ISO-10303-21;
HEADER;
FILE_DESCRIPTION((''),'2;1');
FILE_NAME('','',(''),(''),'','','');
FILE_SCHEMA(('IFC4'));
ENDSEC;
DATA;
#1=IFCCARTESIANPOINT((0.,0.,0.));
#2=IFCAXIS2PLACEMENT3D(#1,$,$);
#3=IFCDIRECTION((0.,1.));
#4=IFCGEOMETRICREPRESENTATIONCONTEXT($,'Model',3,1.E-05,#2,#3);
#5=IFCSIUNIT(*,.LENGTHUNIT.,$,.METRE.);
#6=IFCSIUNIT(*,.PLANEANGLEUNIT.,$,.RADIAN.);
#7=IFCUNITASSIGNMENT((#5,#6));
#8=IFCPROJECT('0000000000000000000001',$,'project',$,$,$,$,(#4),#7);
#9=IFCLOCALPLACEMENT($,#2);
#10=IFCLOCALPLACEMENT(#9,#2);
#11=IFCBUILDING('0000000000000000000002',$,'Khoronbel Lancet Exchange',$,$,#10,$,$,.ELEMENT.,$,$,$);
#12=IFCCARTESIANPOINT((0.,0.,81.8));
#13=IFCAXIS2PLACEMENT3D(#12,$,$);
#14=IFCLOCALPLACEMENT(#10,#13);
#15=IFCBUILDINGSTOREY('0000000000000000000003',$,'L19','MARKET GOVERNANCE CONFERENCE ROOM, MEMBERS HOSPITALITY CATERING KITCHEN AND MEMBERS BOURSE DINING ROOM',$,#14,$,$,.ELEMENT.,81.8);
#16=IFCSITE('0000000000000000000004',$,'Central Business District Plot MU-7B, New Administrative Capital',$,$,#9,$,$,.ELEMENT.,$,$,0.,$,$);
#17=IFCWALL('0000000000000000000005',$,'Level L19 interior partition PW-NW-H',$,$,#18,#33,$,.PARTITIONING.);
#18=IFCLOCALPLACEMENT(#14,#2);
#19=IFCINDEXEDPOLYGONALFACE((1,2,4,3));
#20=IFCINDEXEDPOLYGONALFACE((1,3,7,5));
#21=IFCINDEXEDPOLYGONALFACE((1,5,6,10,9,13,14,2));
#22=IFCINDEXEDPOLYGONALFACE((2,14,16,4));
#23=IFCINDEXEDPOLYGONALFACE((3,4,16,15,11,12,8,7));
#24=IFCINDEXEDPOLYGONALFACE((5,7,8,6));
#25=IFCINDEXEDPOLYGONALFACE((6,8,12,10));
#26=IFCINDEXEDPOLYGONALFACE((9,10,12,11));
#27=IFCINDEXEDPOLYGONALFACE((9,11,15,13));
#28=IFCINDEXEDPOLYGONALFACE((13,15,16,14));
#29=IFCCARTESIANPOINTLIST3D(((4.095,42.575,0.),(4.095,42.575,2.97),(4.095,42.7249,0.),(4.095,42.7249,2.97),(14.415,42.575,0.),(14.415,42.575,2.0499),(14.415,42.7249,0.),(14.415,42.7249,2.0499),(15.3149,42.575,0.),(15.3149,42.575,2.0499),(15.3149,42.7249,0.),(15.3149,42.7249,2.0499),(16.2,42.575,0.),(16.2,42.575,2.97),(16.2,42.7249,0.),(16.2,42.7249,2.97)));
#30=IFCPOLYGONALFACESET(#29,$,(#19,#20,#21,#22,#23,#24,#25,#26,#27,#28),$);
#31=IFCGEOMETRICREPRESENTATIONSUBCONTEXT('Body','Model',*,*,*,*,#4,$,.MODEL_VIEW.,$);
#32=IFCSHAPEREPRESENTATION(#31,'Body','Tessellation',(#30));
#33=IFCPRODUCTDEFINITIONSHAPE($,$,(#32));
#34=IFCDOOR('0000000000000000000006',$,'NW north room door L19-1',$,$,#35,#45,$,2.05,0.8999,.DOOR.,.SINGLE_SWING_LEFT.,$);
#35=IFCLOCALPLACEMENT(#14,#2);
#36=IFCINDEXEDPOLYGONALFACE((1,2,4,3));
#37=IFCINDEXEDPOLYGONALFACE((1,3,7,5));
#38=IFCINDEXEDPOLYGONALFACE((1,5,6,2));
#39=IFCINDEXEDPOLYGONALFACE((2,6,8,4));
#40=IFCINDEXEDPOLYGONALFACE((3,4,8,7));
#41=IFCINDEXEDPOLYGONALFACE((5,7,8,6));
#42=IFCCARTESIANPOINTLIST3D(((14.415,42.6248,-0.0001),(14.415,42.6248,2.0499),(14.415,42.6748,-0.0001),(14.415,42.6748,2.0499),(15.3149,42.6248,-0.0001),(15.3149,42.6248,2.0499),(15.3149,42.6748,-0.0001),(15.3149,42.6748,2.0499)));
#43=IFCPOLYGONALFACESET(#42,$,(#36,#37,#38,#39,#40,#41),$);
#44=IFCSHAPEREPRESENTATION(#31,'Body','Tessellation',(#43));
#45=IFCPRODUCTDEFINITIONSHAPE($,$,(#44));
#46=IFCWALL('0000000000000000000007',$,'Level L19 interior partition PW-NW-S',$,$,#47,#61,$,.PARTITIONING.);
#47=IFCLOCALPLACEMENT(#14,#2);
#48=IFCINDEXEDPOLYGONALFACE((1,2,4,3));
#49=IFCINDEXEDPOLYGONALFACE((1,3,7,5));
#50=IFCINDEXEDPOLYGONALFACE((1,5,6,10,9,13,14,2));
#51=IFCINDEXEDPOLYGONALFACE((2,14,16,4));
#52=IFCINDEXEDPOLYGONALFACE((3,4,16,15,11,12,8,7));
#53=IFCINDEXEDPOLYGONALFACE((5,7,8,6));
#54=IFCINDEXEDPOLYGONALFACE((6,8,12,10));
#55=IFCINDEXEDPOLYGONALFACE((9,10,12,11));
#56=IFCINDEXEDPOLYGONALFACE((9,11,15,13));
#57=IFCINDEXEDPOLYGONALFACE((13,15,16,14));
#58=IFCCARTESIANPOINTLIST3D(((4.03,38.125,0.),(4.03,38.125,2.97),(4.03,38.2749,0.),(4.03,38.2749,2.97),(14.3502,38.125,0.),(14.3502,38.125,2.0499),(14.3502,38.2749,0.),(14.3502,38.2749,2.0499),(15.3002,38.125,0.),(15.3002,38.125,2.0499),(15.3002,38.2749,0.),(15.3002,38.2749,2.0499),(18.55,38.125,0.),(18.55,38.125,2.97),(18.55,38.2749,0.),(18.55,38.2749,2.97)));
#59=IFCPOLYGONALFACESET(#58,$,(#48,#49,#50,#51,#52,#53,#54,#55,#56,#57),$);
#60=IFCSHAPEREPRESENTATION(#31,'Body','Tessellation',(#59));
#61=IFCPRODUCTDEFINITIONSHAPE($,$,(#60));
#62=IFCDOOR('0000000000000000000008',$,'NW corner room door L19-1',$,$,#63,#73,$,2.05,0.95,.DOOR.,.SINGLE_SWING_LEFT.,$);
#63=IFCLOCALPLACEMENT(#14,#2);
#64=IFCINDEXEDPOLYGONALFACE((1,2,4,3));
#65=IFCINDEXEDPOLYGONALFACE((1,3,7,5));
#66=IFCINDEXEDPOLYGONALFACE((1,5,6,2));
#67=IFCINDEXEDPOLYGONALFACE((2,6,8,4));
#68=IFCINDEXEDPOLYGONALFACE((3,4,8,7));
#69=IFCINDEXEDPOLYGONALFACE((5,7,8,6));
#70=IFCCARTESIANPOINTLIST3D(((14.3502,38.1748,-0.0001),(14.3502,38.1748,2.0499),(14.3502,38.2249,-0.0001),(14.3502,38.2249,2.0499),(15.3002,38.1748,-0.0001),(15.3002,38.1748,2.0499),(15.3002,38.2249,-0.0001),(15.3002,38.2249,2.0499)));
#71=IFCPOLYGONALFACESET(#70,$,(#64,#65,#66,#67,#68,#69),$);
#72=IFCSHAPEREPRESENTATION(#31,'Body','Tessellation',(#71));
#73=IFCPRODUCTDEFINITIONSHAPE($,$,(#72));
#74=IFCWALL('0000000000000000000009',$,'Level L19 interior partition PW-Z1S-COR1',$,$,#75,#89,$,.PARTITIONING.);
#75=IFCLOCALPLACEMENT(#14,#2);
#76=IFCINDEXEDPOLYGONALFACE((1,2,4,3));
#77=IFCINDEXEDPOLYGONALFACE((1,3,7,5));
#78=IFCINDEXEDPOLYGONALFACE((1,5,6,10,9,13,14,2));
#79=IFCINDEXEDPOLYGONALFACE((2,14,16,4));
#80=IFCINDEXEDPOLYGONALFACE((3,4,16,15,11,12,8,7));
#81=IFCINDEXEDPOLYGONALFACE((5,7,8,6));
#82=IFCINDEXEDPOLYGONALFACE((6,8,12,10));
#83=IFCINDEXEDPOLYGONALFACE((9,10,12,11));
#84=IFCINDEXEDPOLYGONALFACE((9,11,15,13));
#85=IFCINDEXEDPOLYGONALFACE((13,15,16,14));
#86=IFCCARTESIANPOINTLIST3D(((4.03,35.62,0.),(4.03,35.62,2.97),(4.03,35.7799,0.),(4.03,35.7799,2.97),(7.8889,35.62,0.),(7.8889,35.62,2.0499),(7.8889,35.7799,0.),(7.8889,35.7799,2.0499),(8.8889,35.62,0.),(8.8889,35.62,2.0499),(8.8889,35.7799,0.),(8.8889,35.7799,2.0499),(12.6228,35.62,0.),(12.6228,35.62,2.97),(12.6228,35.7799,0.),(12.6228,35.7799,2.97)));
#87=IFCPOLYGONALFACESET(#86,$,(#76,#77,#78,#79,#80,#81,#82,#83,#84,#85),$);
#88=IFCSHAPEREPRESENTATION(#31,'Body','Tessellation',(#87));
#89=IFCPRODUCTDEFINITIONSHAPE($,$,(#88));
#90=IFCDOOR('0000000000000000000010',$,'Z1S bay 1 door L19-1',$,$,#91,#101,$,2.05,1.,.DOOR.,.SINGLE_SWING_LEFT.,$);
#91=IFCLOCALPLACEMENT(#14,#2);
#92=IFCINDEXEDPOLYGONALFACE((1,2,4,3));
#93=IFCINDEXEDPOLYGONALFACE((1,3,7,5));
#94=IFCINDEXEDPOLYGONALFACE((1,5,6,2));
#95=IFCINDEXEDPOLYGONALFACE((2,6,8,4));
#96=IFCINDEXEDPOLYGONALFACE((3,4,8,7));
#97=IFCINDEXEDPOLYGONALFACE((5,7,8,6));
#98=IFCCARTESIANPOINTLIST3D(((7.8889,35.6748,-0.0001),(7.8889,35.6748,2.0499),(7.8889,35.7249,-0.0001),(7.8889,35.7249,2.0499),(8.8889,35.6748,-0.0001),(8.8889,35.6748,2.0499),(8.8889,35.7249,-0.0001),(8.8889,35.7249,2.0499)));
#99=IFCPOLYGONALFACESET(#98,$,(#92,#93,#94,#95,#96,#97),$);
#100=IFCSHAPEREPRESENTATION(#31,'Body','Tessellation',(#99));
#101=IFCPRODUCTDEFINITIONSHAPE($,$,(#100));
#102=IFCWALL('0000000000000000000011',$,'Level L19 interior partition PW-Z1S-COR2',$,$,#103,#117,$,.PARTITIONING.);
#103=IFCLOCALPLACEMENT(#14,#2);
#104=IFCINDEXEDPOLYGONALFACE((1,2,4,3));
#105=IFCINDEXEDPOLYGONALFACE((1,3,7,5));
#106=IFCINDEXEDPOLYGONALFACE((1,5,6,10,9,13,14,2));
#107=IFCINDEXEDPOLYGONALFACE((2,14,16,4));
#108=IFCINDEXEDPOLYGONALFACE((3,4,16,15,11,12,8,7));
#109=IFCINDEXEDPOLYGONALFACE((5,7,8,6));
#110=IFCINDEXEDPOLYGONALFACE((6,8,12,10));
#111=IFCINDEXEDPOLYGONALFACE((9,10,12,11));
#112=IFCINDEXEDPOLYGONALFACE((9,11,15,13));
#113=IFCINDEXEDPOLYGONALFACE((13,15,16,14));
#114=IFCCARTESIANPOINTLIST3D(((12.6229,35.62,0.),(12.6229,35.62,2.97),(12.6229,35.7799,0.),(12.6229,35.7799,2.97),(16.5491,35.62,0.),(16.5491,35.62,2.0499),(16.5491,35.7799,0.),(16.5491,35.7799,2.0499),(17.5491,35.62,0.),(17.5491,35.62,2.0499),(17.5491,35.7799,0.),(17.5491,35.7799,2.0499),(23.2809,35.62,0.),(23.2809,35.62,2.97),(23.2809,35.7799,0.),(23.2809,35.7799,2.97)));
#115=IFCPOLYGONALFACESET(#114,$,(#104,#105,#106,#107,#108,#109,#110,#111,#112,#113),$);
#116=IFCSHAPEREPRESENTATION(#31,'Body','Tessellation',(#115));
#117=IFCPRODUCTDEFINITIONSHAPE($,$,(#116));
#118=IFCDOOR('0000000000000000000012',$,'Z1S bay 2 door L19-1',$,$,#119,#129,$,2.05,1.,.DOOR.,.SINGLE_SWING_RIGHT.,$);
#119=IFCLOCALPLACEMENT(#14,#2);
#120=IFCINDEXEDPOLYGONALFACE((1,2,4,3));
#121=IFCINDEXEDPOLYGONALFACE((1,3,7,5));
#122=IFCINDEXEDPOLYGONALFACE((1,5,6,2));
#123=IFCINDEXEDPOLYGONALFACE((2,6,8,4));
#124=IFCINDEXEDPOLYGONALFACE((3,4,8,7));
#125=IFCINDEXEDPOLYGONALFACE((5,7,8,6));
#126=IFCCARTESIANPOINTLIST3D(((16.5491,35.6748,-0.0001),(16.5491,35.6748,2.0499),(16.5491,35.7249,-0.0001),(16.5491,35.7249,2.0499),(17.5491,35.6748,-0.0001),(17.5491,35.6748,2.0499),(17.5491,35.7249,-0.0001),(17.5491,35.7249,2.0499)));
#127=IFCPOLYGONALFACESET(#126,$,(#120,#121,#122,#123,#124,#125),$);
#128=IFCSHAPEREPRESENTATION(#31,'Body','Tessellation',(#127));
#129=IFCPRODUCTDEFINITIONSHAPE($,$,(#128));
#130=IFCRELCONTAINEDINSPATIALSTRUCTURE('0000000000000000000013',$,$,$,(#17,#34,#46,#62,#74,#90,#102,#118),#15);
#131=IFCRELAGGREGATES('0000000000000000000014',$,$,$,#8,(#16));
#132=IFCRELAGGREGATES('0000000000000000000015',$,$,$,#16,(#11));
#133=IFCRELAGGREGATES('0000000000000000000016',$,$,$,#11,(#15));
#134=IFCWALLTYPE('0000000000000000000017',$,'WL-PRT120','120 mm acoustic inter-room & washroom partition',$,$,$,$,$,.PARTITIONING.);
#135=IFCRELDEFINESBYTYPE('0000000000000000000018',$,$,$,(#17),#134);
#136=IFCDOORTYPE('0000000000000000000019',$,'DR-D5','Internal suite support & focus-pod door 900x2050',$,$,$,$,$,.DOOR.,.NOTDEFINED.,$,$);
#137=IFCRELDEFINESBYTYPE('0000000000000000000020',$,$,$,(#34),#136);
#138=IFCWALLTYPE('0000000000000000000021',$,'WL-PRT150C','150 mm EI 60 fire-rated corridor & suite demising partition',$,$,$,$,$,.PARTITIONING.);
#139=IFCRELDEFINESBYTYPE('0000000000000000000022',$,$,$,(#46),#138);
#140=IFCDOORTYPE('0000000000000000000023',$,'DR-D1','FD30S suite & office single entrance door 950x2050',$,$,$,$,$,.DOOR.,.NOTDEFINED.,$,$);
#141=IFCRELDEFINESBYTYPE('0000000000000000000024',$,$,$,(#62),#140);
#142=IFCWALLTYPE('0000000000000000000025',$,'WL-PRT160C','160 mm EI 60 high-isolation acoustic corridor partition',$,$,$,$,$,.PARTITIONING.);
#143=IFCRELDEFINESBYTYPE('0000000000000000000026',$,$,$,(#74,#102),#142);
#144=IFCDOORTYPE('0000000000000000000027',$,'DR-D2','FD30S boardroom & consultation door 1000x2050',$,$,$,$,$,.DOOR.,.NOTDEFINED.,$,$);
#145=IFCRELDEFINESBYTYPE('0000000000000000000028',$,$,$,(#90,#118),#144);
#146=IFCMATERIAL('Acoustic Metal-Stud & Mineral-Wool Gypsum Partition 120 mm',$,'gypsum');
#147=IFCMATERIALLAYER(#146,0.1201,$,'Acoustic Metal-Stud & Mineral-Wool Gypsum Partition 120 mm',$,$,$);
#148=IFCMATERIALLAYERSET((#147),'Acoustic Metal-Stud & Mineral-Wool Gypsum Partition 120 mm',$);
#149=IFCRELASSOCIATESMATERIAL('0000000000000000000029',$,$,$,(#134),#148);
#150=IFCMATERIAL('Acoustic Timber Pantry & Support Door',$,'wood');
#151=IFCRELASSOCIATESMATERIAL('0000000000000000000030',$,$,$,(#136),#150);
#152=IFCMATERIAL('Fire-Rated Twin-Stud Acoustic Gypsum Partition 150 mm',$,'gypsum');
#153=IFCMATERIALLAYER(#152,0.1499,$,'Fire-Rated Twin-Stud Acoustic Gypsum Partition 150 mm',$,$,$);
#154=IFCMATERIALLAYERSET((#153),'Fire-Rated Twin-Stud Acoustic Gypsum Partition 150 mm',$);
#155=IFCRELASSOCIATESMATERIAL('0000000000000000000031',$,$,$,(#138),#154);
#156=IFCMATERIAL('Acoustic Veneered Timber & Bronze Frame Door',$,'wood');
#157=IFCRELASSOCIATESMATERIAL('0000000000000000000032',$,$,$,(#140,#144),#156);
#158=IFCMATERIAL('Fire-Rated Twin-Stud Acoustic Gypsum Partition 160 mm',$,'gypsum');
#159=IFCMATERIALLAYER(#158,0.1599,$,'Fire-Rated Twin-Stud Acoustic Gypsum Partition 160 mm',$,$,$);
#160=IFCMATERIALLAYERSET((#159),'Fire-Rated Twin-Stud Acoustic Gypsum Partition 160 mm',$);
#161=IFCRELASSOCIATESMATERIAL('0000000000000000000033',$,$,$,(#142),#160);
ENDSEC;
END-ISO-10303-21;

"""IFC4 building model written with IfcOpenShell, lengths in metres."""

from ifc_helpers import new_model, si_unit, direction, frame, frame_2d, origin, place, context, subcontext, project, spatial, rectangle, extrude, material, layer, layer_set, type_object, element, fill, save


model = new_model("IFC4")

# Units and contexts
model_context = context("Model", 3, precision=1e-05, world=origin(), true_north=direction((0.0, 1.0)))
body_context = subcontext(model_context, "Body", "Model", "MODEL_VIEW")
ifc_project = project(units=[si_unit("LENGTHUNIT", "METRE"), si_unit("PLANEANGLEUNIT", "RADIAN")], contexts=[model_context])

# Site, building, storey
site_placement = place(None, origin())
site = spatial("IfcSite", under=ifc_project, at=site_placement, Name="Central Business District Plot MU-7B, New Administrative Capital", CompositionType="ELEMENT", RefElevation=0.0)
building_placement = place(site_placement, origin())
building = spatial("IfcBuilding", under=site, at=building_placement, Name="Khoronbel Lancet Exchange", CompositionType="ELEMENT")
storey_placement = place(building_placement, frame((0.0, 0.0, 81.8)))
storey = spatial("IfcBuildingStorey", under=building, at=storey_placement, Name="L19", Description="MARKET GOVERNANCE CONFERENCE ROOM, MEMBERS HOSPITALITY CATERING KITCHEN AND MEMBERS BOURSE DINING ROOM", CompositionType="ELEMENT", Elevation=81.8)

# Walls, openings, doors
ifc_material_1 = material(Name="Acoustic Metal-Stud & Mineral-Wool Gypsum Partition 120 mm", Category="gypsum")
ifc_layer_1 = layer(ifc_material_1, 0.1201, Name="Acoustic Metal-Stud & Mineral-Wool Gypsum Partition 120 mm")
ifc_layer_set_1 = layer_set([ifc_layer_1], Name="Acoustic Metal-Stud & Mineral-Wool Gypsum Partition 120 mm")
wall_type_1 = type_object("IfcWallType", Name="WL-PRT120", Description="120 mm acoustic inter-room & washroom partition", PredefinedType="PARTITIONING", material=ifc_layer_set_1)
wall_1_placement = place(storey_placement, frame((4.095, 42.6499, 0.0), z_axis=(0.0, 0.0, 1.0), x_axis=(1.0, 0.0, 0.0)))
wall_1 = element("IfcWall", 1, at=wall_1_placement, inside=storey, type_object=wall_type_1, Name="Level L19 interior partition PW-NW-H", PredefinedType="PARTITIONING", context=body_context, shape_type="SweptSolid", body=[
    extrude(rectangle(XDim=12.105, YDim=0.1499, at=frame_2d((6.0525, 0.0))), origin(), (0.0, 0.0, 1.0), 2.97),
])
opening_1_placement = place(wall_1_placement, frame((10.3201, 0.0, 0.0)))
opening_1 = element("IfcOpeningElement", 2, at=opening_1_placement, cuts=wall_1, PredefinedType="OPENING", context=body_context, shape_type="SweptSolid", body=[
    extrude(rectangle(XDim=0.8999, YDim=2.05, at=frame_2d((0.45, 1.0249))), frame((0.0, 0.085, 0.0), z_axis=(0.0, -1.0, 0.0), x_axis=(1.0, 0.0, 0.0)), (0.0, 0.0, 1.0), 0.1699),
])
ifc_material_2 = material(Name="Acoustic Timber Pantry & Support Door", Category="wood")
door_type_1 = type_object("IfcDoorType", Name="DR-D5", Description="Internal suite support & focus-pod door 900x2050", OperationType="NOTDEFINED", PredefinedType="DOOR", material=ifc_material_2)
door_1_placement = place(opening_1_placement, origin())
door_1 = element("IfcDoor", 3, at=door_1_placement, inside=storey, type_object=door_type_1, Name="NW north room door L19-1", OperationType="SINGLE_SWING_LEFT", OverallHeight=2.05, OverallWidth=0.8999, PredefinedType="DOOR", context=body_context, shape_type="SweptSolid", body=[
    extrude(rectangle(XDim=0.8999, YDim=2.05, at=frame_2d((0.45, 1.0249))), frame((0.0, 0.0249, 0.0), z_axis=(0.0, -1.0, 0.0), x_axis=(1.0, 0.0, 0.0)), (0.0, 0.0, 1.0), 0.05),
])
fill(opening_1, door_1)
ifc_material_3 = material(Name="Fire-Rated Twin-Stud Acoustic Gypsum Partition 150 mm", Category="gypsum")
ifc_layer_2 = layer(ifc_material_3, 0.1499, Name="Fire-Rated Twin-Stud Acoustic Gypsum Partition 150 mm")
ifc_layer_set_2 = layer_set([ifc_layer_2], Name="Fire-Rated Twin-Stud Acoustic Gypsum Partition 150 mm")
wall_type_2 = type_object("IfcWallType", Name="WL-PRT150C", Description="150 mm EI 60 fire-rated corridor & suite demising partition", PredefinedType="PARTITIONING", material=ifc_layer_set_2)
wall_2_placement = place(storey_placement, frame((4.03, 38.2, 0.0), z_axis=(0.0, 0.0, 1.0), x_axis=(1.0, 0.0, 0.0)))
wall_2 = element("IfcWall", 4, at=wall_2_placement, inside=storey, type_object=wall_type_2, Name="Level L19 interior partition PW-NW-S", PredefinedType="PARTITIONING", context=body_context, shape_type="SweptSolid", body=[
    extrude(rectangle(XDim=14.52, YDim=0.1499, at=frame_2d((7.26, 0.0))), origin(), (0.0, 0.0, 1.0), 2.97),
])
opening_2_placement = place(wall_2_placement, frame((10.3201, 0.0, 0.0)))
opening_2 = element("IfcOpeningElement", 5, at=opening_2_placement, cuts=wall_2, PredefinedType="OPENING", context=body_context, shape_type="SweptSolid", body=[
    extrude(rectangle(XDim=0.95, YDim=2.05, at=frame_2d((0.4751, 1.0249))), frame((0.0, 0.085, 0.0), z_axis=(0.0, -1.0, 0.0), x_axis=(1.0, 0.0, 0.0)), (0.0, 0.0, 1.0), 0.1699),
])
ifc_material_4 = material(Name="Acoustic Veneered Timber & Bronze Frame Door", Category="wood")
door_type_2 = type_object("IfcDoorType", Name="DR-D1", Description="FD30S suite & office single entrance door 950x2050", OperationType="NOTDEFINED", PredefinedType="DOOR", material=ifc_material_4)
door_2_placement = place(opening_2_placement, origin())
door_2 = element("IfcDoor", 6, at=door_2_placement, inside=storey, type_object=door_type_2, Name="NW corner room door L19-1", OperationType="SINGLE_SWING_LEFT", OverallHeight=2.05, OverallWidth=0.95, PredefinedType="DOOR", context=body_context, shape_type="SweptSolid", body=[
    extrude(rectangle(XDim=0.95, YDim=2.05, at=frame_2d((0.4751, 1.0249))), frame((0.0, 0.0249, 0.0), z_axis=(0.0, -1.0, 0.0), x_axis=(1.0, 0.0, 0.0)), (0.0, 0.0, 1.0), 0.05),
])
fill(opening_2, door_2)
ifc_material_5 = material(Name="Fire-Rated Twin-Stud Acoustic Gypsum Partition 160 mm", Category="gypsum")
ifc_layer_3 = layer(ifc_material_5, 0.1599, Name="Fire-Rated Twin-Stud Acoustic Gypsum Partition 160 mm")
ifc_layer_set_3 = layer_set([ifc_layer_3], Name="Fire-Rated Twin-Stud Acoustic Gypsum Partition 160 mm")
wall_type_3 = type_object("IfcWallType", Name="WL-PRT160C", Description="160 mm EI 60 high-isolation acoustic corridor partition", PredefinedType="PARTITIONING", material=ifc_layer_set_3)
wall_3_placement = place(storey_placement, frame((4.03, 35.7, 0.0), z_axis=(0.0, 0.0, 1.0), x_axis=(1.0, 0.0, 0.0)))
wall_3 = element("IfcWall", 7, at=wall_3_placement, inside=storey, type_object=wall_type_3, Name="Level L19 interior partition PW-Z1S-COR1", PredefinedType="PARTITIONING", context=body_context, shape_type="SweptSolid", body=[
    extrude(rectangle(XDim=8.5928, YDim=0.1599, at=frame_2d((4.2964, 0.0))), origin(), (0.0, 0.0, 1.0), 2.97),
])
opening_3_placement = place(wall_3_placement, frame((3.8589, 0.0, 0.0)))
opening_3 = element("IfcOpeningElement", 8, at=opening_3_placement, cuts=wall_3, PredefinedType="OPENING", context=body_context, shape_type="SweptSolid", body=[
    extrude(rectangle(XDim=1.0, YDim=2.05, at=frame_2d((0.5, 1.0249))), frame((0.0, 0.0898, 0.0), z_axis=(0.0, -1.0, 0.0), x_axis=(1.0, 0.0, 0.0)), (0.0, 0.0, 1.0), 0.1799),
])
door_type_3 = type_object("IfcDoorType", Name="DR-D2", Description="FD30S boardroom & consultation door 1000x2050", OperationType="NOTDEFINED", PredefinedType="DOOR", material=ifc_material_4)
door_3_placement = place(opening_3_placement, origin())
door_3 = element("IfcDoor", 9, at=door_3_placement, inside=storey, type_object=door_type_3, Name="Z1S bay 1 door L19-1", OperationType="SINGLE_SWING_LEFT", OverallHeight=2.05, OverallWidth=1.0, PredefinedType="DOOR", context=body_context, shape_type="SweptSolid", body=[
    extrude(rectangle(XDim=1.0, YDim=2.05, at=frame_2d((0.5, 1.0249))), frame((0.0, 0.0249, 0.0), z_axis=(0.0, -1.0, 0.0), x_axis=(1.0, 0.0, 0.0)), (0.0, 0.0, 1.0), 0.05),
])
fill(opening_3, door_3)
wall_4_placement = place(storey_placement, frame((12.6228, 35.7, 0.0), z_axis=(0.0, 0.0, 1.0), x_axis=(1.0, 0.0, 0.0)))
wall_4 = element("IfcWall", 10, at=wall_4_placement, inside=storey, type_object=wall_type_3, Name="Level L19 interior partition PW-Z1S-COR2", PredefinedType="PARTITIONING", context=body_context, shape_type="SweptSolid", body=[
    extrude(rectangle(XDim=10.658, YDim=0.1599, at=frame_2d((5.3291, 0.0))), origin(), (0.0, 0.0, 1.0), 2.97),
])
opening_4_placement = place(wall_4_placement, frame((3.9263, 0.0, 0.0)))
opening_4 = element("IfcOpeningElement", 11, at=opening_4_placement, cuts=wall_4, PredefinedType="OPENING", context=body_context, shape_type="SweptSolid", body=[
    extrude(rectangle(XDim=1.0, YDim=2.05, at=frame_2d((0.5, 1.0249))), frame((0.0, 0.0898, 0.0), z_axis=(0.0, -1.0, 0.0), x_axis=(1.0, 0.0, 0.0)), (0.0, 0.0, 1.0), 0.1799),
])
door_4_placement = place(opening_4_placement, origin())
door_4 = element("IfcDoor", 12, at=door_4_placement, inside=storey, type_object=door_type_3, Name="Z1S bay 2 door L19-1", OperationType="SINGLE_SWING_RIGHT", OverallHeight=2.05, OverallWidth=1.0, PredefinedType="DOOR", context=body_context, shape_type="SweptSolid", body=[
    extrude(rectangle(XDim=1.0, YDim=2.05, at=frame_2d((0.5, 1.0249))), frame((0.0, 0.0249, 0.0), z_axis=(0.0, -1.0, 0.0), x_axis=(1.0, 0.0, 0.0)), (0.0, 0.0, 1.0), 0.05),
])
fill(opening_4, door_4)

save(model, "model.ifc")
